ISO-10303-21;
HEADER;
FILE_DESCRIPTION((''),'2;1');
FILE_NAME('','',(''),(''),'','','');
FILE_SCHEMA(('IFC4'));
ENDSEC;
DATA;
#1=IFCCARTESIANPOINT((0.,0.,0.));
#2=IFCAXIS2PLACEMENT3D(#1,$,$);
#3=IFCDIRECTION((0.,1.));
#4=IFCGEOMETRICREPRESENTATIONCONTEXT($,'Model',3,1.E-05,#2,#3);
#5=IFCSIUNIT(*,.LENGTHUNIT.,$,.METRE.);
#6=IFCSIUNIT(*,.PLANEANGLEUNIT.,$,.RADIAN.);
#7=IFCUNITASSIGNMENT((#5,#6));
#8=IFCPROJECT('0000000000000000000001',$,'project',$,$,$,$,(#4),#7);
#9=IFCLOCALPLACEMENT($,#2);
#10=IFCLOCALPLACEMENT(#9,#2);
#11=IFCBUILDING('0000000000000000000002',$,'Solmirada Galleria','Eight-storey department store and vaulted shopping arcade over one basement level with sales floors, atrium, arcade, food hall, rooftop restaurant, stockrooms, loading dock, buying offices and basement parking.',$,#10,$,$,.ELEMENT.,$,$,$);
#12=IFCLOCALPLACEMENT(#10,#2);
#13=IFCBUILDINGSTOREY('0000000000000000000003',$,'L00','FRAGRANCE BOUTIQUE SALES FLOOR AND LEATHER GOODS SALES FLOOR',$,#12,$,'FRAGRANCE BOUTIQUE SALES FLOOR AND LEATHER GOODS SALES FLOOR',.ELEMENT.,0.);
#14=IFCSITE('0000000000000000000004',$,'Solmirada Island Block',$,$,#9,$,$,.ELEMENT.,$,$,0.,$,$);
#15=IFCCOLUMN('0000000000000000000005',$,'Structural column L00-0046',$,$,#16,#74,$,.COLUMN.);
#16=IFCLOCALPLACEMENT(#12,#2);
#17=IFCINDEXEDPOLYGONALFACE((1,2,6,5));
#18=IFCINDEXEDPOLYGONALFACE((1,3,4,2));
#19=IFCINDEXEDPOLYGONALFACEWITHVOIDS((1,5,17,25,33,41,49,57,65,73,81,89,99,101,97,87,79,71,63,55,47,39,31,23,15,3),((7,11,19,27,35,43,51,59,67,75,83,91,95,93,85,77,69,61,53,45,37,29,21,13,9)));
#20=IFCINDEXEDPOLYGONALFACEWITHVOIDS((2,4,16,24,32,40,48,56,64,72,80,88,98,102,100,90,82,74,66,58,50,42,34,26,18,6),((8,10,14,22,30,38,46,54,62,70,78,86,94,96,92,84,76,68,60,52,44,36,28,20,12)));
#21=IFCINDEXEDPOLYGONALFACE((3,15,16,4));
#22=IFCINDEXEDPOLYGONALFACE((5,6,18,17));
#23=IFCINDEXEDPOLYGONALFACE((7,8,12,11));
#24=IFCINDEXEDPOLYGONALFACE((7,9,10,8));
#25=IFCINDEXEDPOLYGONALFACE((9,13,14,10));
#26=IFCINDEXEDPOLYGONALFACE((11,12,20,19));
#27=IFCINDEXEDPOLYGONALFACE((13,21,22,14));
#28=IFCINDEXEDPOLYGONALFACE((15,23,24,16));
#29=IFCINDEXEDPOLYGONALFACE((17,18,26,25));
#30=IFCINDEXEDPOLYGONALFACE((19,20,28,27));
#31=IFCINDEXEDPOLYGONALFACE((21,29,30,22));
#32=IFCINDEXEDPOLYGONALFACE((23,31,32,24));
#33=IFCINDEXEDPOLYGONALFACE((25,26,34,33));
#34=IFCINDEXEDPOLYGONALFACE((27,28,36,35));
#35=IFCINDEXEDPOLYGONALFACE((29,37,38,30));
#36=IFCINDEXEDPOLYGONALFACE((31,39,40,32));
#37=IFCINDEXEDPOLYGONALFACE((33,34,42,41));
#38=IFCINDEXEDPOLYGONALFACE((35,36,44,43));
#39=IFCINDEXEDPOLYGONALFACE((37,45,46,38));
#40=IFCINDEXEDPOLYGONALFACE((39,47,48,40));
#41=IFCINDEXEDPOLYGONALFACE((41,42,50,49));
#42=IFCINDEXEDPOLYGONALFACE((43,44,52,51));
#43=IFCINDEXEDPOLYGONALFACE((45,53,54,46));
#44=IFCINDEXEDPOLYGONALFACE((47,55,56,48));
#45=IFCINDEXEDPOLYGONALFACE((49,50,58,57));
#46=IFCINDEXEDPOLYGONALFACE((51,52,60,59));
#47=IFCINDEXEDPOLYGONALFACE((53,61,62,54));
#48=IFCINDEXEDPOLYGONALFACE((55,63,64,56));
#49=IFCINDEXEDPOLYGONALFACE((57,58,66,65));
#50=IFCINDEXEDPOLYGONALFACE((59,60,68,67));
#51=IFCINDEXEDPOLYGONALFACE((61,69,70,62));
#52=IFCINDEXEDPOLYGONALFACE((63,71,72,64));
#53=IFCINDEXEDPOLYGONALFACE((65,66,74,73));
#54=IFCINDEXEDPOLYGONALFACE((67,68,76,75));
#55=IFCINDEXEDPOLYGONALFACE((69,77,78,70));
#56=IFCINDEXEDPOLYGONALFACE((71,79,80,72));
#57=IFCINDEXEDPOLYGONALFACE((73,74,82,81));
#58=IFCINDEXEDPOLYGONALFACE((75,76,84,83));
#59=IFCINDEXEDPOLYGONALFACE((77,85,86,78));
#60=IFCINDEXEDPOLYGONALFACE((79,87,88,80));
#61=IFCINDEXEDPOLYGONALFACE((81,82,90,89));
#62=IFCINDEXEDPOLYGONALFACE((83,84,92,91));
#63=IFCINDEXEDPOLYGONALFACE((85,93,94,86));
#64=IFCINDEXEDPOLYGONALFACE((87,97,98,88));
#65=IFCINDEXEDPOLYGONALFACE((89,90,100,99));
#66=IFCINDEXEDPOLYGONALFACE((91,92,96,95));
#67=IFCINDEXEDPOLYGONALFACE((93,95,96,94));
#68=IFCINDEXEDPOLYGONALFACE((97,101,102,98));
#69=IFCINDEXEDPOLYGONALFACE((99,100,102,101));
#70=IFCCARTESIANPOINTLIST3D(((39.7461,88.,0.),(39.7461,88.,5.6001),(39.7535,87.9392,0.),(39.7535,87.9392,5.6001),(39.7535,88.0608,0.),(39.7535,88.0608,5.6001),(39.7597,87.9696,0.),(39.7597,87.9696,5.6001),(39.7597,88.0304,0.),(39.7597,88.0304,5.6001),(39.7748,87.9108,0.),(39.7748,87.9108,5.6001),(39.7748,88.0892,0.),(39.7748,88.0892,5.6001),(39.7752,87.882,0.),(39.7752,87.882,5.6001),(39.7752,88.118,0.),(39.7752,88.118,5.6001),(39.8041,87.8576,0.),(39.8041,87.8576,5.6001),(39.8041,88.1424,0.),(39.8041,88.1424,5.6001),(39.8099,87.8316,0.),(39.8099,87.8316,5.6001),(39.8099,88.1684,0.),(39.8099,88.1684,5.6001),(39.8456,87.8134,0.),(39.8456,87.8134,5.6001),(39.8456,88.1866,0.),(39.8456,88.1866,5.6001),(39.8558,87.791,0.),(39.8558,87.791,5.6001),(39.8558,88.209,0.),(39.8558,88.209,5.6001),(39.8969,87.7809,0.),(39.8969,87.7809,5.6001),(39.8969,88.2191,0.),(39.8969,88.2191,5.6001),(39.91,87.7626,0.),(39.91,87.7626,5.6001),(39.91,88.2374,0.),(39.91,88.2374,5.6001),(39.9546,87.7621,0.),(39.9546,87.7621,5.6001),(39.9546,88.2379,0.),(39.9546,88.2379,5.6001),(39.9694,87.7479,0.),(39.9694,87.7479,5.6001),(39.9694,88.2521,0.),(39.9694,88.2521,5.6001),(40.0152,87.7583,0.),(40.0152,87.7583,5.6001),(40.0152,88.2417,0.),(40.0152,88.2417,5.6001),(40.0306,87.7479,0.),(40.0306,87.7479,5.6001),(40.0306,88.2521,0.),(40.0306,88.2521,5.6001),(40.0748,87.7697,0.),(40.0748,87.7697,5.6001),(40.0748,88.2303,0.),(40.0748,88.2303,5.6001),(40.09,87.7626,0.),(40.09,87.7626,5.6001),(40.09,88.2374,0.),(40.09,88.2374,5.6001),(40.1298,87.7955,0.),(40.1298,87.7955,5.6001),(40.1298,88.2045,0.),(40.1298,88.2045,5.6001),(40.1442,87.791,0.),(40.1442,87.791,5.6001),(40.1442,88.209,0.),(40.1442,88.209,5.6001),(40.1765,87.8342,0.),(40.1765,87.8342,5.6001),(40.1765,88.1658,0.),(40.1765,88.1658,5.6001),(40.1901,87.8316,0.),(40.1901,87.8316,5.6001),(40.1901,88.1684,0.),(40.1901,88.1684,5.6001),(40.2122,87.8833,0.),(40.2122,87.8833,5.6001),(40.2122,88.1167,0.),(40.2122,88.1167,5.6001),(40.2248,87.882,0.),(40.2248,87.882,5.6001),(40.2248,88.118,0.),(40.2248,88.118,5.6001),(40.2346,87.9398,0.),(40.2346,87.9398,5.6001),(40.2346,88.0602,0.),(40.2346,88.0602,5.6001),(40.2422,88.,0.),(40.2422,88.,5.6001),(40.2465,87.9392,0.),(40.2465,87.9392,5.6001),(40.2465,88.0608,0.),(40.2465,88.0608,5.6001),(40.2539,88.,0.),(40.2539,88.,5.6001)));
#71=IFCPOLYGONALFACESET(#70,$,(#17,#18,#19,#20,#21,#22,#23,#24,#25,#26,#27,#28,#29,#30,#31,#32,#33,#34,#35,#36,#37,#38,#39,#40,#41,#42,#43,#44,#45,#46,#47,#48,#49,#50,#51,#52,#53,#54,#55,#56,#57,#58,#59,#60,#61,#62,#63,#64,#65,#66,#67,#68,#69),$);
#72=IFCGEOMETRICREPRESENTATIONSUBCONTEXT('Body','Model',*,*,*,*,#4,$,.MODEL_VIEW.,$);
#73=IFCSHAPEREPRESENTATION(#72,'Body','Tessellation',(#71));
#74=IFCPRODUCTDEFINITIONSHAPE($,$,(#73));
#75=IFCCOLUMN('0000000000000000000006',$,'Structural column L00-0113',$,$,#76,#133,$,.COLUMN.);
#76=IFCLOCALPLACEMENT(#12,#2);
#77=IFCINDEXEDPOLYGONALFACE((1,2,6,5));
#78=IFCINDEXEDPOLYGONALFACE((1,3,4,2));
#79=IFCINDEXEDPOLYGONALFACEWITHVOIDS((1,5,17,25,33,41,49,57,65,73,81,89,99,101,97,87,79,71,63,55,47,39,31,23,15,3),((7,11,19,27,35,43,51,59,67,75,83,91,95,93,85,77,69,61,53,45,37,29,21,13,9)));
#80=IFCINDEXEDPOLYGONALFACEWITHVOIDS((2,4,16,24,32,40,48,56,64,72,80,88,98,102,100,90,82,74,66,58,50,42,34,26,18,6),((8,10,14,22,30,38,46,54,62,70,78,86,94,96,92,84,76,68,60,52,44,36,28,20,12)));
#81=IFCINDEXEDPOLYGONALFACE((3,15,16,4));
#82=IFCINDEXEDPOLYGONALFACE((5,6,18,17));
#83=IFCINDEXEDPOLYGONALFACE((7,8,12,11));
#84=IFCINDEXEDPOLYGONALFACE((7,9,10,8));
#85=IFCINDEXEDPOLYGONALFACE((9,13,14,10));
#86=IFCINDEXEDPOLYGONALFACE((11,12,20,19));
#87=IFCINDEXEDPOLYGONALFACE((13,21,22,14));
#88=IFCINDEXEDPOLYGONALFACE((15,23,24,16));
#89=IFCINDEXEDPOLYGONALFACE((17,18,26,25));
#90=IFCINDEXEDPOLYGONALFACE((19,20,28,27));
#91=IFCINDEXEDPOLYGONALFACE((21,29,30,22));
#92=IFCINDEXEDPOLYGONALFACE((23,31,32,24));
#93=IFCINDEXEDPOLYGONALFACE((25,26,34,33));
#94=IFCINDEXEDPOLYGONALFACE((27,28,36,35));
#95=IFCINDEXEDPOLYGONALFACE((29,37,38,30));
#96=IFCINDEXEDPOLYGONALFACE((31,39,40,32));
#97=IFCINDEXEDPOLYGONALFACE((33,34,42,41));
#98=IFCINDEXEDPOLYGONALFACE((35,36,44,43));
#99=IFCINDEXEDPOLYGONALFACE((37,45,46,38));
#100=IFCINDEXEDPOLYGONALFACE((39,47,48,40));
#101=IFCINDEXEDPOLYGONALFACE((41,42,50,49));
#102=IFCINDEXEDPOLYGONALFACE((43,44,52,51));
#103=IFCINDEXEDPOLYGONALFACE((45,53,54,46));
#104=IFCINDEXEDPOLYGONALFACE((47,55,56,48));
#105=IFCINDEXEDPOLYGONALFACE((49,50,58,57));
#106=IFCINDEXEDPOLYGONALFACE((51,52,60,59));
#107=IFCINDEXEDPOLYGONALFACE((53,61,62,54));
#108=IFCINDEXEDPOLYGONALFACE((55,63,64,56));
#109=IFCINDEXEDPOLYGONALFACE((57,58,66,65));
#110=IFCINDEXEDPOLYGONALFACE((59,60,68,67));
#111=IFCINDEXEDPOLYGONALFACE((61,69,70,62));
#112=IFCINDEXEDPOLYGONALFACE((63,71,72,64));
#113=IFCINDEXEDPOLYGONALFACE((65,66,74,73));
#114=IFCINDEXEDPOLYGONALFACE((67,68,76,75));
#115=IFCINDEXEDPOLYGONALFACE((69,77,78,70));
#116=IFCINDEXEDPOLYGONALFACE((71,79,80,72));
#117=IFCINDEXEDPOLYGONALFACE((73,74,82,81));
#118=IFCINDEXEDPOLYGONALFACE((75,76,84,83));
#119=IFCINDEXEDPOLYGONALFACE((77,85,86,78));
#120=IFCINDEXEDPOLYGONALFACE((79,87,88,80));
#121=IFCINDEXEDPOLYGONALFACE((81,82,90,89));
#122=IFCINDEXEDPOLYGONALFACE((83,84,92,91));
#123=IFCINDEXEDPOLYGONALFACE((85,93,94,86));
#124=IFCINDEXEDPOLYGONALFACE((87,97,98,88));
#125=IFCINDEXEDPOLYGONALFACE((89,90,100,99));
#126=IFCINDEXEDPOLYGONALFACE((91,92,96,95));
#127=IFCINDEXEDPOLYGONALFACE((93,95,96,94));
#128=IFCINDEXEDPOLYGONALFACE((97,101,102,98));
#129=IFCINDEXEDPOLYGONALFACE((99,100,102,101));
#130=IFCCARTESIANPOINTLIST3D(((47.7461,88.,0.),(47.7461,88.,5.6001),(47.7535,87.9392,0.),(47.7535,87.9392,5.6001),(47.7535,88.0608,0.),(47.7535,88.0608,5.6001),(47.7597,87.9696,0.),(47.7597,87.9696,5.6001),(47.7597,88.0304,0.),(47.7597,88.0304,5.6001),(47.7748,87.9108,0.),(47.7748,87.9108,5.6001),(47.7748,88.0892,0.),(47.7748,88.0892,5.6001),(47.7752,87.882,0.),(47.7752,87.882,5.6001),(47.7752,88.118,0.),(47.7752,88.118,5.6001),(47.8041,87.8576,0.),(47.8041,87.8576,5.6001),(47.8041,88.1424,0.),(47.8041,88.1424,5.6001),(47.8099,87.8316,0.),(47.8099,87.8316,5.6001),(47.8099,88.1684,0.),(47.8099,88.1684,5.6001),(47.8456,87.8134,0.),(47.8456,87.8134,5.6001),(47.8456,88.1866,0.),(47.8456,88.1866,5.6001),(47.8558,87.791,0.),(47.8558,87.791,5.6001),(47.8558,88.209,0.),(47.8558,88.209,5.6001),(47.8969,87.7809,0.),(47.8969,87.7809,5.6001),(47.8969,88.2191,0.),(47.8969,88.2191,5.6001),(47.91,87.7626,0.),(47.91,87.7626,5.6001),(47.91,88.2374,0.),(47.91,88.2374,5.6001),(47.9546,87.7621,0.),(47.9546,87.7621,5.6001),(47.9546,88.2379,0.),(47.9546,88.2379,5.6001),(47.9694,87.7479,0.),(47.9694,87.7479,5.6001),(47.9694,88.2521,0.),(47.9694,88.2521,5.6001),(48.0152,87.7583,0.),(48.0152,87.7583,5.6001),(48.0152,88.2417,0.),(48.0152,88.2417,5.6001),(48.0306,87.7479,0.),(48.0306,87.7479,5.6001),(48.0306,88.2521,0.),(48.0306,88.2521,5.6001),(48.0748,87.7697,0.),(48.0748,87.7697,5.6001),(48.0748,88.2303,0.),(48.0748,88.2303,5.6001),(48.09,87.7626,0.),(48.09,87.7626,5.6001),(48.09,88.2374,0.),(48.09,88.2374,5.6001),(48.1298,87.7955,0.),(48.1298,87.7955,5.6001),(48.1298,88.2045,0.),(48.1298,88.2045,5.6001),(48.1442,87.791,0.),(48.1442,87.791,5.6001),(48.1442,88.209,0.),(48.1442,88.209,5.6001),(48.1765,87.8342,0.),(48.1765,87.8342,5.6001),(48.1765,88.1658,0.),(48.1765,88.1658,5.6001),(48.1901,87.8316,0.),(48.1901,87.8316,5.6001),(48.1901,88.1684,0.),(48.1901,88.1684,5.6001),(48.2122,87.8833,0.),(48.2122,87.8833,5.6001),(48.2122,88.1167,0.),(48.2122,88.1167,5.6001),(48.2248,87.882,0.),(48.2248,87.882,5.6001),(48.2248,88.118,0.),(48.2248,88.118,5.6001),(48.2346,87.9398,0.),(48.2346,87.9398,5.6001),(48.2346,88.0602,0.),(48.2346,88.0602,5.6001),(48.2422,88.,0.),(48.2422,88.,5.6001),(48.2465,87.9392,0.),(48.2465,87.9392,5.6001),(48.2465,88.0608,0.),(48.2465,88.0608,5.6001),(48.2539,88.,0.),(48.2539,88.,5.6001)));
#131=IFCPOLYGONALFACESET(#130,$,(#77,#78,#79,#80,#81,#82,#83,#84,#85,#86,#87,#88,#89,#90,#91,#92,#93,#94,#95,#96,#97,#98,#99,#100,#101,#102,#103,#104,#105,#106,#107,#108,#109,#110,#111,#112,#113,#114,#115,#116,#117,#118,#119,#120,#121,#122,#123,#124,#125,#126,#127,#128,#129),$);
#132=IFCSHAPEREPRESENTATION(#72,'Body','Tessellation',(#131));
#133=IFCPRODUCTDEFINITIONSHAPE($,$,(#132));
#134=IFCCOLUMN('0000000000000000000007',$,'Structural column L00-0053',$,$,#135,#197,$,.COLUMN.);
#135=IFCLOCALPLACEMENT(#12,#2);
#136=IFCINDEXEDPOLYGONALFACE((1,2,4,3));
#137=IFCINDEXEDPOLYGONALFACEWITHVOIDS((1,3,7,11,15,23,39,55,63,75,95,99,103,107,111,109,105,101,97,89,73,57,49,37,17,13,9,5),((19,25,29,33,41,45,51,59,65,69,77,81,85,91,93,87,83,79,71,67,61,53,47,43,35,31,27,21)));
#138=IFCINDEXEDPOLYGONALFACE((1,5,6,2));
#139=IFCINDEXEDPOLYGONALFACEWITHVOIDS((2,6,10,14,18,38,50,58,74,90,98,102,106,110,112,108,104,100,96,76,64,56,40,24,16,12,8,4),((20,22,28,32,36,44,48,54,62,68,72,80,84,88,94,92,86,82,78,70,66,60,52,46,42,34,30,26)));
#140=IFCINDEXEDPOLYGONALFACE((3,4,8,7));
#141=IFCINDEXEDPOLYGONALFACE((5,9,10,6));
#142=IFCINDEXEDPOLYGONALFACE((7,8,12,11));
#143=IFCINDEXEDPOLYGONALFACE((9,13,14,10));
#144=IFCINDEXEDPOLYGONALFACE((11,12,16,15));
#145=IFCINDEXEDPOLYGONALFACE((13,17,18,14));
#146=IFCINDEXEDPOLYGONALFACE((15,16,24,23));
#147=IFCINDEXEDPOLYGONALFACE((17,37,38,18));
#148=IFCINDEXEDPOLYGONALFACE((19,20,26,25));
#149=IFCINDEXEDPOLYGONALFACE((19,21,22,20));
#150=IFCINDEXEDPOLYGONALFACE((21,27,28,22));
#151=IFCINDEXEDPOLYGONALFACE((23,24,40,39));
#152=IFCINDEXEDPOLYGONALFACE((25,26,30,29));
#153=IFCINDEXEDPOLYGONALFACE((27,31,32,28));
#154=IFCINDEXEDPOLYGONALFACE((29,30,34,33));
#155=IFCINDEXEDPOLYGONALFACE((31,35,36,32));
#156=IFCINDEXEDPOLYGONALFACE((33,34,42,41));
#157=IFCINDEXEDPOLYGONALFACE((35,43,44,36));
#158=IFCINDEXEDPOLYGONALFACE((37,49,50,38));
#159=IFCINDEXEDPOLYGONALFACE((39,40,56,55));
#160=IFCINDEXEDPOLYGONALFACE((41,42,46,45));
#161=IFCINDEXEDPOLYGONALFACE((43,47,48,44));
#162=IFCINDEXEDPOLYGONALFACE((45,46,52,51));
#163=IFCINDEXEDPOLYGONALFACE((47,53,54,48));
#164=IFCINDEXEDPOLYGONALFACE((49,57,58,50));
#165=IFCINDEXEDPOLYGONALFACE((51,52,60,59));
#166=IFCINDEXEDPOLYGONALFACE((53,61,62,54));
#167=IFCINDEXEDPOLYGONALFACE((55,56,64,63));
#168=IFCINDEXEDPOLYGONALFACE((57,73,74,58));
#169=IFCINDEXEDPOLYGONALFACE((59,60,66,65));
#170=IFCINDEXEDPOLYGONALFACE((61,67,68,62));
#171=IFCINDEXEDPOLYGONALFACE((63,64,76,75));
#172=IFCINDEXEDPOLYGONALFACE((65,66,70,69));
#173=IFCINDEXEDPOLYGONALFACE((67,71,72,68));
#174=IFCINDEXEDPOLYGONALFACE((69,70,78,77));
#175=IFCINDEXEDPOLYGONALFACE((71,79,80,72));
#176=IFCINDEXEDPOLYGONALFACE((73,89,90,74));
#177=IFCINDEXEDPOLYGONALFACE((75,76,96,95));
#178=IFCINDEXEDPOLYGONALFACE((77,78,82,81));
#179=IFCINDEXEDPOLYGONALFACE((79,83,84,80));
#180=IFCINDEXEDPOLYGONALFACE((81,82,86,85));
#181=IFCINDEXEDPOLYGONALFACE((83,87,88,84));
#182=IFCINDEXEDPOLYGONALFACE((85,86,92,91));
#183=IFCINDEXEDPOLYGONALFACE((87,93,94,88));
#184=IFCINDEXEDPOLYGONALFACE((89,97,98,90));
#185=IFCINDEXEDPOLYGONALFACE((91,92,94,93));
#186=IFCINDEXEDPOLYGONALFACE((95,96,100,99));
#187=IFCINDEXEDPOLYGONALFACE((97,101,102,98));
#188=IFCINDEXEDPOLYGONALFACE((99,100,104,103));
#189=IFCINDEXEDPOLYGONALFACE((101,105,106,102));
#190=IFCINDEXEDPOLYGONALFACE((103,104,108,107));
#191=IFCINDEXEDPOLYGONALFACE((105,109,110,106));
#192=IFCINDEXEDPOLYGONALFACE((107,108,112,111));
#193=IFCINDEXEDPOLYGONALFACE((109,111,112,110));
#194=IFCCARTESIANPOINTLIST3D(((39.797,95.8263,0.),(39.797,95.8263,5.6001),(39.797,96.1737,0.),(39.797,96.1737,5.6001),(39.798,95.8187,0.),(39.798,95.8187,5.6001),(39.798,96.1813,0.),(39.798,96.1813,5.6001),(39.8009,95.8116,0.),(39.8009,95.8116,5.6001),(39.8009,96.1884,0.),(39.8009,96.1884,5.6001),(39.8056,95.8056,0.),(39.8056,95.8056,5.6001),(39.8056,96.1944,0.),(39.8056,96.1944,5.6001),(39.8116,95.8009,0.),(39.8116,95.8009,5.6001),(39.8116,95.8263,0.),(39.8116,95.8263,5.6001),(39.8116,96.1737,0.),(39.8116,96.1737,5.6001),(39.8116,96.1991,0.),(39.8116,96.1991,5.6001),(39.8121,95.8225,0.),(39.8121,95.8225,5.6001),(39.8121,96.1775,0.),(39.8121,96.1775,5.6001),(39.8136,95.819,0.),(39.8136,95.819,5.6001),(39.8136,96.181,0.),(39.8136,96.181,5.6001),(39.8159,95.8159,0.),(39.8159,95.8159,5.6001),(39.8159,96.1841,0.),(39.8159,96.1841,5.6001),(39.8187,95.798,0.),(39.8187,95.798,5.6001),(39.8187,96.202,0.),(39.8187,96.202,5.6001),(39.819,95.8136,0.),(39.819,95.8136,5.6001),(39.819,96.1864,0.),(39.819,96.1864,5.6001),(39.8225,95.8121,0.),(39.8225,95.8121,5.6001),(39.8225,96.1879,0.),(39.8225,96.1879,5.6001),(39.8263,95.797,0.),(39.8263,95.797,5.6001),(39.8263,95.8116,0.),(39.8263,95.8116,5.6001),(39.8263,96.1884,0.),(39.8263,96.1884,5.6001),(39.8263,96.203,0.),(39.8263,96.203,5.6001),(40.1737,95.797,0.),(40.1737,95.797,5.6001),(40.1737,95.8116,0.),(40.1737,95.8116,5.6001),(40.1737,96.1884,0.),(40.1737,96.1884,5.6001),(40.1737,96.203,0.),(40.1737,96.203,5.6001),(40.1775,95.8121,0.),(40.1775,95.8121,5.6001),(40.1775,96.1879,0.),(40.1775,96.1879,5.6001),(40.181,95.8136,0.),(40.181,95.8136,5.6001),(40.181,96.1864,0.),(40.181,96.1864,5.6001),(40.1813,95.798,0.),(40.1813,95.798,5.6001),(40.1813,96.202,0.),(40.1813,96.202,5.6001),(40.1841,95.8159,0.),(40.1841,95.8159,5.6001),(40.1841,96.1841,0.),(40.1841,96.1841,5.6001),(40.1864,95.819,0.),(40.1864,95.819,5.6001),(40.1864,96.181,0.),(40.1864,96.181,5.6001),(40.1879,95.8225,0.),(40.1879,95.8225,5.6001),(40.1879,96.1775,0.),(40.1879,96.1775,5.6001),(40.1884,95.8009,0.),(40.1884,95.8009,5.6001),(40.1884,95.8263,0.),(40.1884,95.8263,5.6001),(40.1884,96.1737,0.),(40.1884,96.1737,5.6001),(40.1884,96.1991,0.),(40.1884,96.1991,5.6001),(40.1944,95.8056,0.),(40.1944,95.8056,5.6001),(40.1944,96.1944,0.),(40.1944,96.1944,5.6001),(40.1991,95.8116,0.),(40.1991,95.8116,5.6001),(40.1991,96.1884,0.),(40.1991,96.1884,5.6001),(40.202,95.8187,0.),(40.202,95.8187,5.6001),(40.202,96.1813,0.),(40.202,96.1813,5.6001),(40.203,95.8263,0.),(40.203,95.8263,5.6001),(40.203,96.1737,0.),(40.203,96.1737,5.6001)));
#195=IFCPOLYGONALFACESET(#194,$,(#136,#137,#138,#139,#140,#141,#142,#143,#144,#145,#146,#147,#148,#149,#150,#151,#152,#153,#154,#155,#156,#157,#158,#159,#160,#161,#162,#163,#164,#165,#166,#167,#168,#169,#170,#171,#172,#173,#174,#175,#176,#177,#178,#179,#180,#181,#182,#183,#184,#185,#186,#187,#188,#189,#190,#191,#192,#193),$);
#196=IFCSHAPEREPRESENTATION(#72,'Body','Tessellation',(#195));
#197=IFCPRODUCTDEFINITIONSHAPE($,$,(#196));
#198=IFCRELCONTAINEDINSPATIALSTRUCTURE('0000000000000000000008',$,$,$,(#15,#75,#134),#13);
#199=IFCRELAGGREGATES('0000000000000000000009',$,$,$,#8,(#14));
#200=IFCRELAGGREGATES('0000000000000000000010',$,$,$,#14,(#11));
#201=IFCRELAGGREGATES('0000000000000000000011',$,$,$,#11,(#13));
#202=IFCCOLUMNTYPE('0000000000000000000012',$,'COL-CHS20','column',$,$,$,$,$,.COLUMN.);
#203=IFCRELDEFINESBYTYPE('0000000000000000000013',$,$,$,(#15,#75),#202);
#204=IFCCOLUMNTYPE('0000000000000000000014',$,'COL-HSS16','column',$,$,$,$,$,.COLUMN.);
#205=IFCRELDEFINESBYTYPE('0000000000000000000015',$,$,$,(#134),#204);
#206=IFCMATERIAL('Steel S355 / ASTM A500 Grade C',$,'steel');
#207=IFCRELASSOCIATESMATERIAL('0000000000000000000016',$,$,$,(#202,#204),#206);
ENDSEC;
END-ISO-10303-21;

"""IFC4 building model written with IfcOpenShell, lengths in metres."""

from ifc_helpers import new_model, si_unit, direction, frame, origin, origin_2d, place, context, subcontext, project, spatial, hollow_rectangle, hollow_circle, extrude, material, material_profile, profile_set, type_object, element, save


model = new_model("IFC4")

# Units and contexts
model_context = context("Model", 3, precision=1e-05, world=origin(), true_north=direction((0.0, 1.0)))
body_context = subcontext(model_context, "Body", "Model", "MODEL_VIEW")
ifc_project = project(units=[si_unit("LENGTHUNIT", "METRE"), si_unit("PLANEANGLEUNIT", "RADIAN")], contexts=[model_context])

# Site, building, storey
site_placement = place(None, origin())
site = spatial("IfcSite", under=ifc_project, at=site_placement, Name="Solmirada Island Block", CompositionType="ELEMENT", RefElevation=0.0)
building_placement = place(site_placement, origin())
building = spatial("IfcBuilding", under=site, at=building_placement, Name="Solmirada Galleria", Description="Eight-storey department store and vaulted shopping arcade over one basement level with sales floors, atrium, arcade, food hall, rooftop restaurant, stockrooms, loading dock, buying offices and basement parking.", CompositionType="ELEMENT")
storey_placement = place(building_placement, origin())
storey = spatial("IfcBuildingStorey", under=building, at=storey_placement, Name="L00", Description="FRAGRANCE BOUTIQUE SALES FLOOR AND LEATHER GOODS SALES FLOOR", LongName="FRAGRANCE BOUTIQUE SALES FLOOR AND LEATHER GOODS SALES FLOOR", CompositionType="ELEMENT", Elevation=0.0)

# Columns
ifc_material_1 = material(Name="Steel S355 / ASTM A500 Grade C", Category="steel")
ifc_material_profile_1 = material_profile(ifc_material_1, hollow_circle(Radius=0.2539, WallThickness=0.0117, at=origin_2d()), Name="HSS20.000X0.500")
ifc_profile_set_1 = profile_set([ifc_material_profile_1], Name="Steel S355 / ASTM A500 Grade C")
column_type_1 = type_object("IfcColumnType", Name="COL-CHS20", Description="column", PredefinedType="COLUMN", material=ifc_profile_set_1)
for number, where, z_axis, x_axis, name in (
    (1, (40.0, 88.0, 0.0), (0.0, 0.0, 1.0), (1.0, 0.0, 0.0), "Structural column L00-0046"),
    (2, (48.0, 88.0, 0.0), (0.0, 0.0, 1.0), (1.0, 0.0, 0.0), "Structural column L00-0113"),
):
    element("IfcColumn", number, at=place(storey_placement, frame(where, z_axis=z_axis, x_axis=x_axis)), inside=storey, type_object=column_type_1, Name=name, PredefinedType="COLUMN", context=body_context, shape_type="SweptSolid", body=[
        extrude(hollow_circle(Radius=0.2539, WallThickness=0.0117, at=origin_2d()), origin(), (0.0, 0.0, 1.0), 5.6001),
    ])
ifc_material_profile_2 = material_profile(ifc_material_1, hollow_rectangle(XDim=0.406, YDim=0.406, WallThickness=0.0146, InnerFilletRadius=0.0146, OuterFilletRadius=0.0293, at=origin_2d()), Name="HSS16X16X5/8")
ifc_profile_set_2 = profile_set([ifc_material_profile_2], Name="Steel S355 / ASTM A500 Grade C")
column_type_2 = type_object("IfcColumnType", Name="COL-HSS16", Description="column", PredefinedType="COLUMN", material=ifc_profile_set_2)
column_1_placement = place(storey_placement, frame((40.0, 96.0, 0.0), z_axis=(0.0, 0.0, 1.0), x_axis=(1.0, 0.0, 0.0)))
element("IfcColumn", 3, at=column_1_placement, inside=storey, type_object=column_type_2, Name="Structural column L00-0053", PredefinedType="COLUMN", context=body_context, shape_type="SweptSolid", body=[
    extrude(hollow_rectangle(XDim=0.406, YDim=0.406, WallThickness=0.0146, InnerFilletRadius=0.0146, OuterFilletRadius=0.0293, at=origin_2d()), origin(), (0.0, 0.0, 1.0), 5.6001),
])

save(model, "model.ifc")
